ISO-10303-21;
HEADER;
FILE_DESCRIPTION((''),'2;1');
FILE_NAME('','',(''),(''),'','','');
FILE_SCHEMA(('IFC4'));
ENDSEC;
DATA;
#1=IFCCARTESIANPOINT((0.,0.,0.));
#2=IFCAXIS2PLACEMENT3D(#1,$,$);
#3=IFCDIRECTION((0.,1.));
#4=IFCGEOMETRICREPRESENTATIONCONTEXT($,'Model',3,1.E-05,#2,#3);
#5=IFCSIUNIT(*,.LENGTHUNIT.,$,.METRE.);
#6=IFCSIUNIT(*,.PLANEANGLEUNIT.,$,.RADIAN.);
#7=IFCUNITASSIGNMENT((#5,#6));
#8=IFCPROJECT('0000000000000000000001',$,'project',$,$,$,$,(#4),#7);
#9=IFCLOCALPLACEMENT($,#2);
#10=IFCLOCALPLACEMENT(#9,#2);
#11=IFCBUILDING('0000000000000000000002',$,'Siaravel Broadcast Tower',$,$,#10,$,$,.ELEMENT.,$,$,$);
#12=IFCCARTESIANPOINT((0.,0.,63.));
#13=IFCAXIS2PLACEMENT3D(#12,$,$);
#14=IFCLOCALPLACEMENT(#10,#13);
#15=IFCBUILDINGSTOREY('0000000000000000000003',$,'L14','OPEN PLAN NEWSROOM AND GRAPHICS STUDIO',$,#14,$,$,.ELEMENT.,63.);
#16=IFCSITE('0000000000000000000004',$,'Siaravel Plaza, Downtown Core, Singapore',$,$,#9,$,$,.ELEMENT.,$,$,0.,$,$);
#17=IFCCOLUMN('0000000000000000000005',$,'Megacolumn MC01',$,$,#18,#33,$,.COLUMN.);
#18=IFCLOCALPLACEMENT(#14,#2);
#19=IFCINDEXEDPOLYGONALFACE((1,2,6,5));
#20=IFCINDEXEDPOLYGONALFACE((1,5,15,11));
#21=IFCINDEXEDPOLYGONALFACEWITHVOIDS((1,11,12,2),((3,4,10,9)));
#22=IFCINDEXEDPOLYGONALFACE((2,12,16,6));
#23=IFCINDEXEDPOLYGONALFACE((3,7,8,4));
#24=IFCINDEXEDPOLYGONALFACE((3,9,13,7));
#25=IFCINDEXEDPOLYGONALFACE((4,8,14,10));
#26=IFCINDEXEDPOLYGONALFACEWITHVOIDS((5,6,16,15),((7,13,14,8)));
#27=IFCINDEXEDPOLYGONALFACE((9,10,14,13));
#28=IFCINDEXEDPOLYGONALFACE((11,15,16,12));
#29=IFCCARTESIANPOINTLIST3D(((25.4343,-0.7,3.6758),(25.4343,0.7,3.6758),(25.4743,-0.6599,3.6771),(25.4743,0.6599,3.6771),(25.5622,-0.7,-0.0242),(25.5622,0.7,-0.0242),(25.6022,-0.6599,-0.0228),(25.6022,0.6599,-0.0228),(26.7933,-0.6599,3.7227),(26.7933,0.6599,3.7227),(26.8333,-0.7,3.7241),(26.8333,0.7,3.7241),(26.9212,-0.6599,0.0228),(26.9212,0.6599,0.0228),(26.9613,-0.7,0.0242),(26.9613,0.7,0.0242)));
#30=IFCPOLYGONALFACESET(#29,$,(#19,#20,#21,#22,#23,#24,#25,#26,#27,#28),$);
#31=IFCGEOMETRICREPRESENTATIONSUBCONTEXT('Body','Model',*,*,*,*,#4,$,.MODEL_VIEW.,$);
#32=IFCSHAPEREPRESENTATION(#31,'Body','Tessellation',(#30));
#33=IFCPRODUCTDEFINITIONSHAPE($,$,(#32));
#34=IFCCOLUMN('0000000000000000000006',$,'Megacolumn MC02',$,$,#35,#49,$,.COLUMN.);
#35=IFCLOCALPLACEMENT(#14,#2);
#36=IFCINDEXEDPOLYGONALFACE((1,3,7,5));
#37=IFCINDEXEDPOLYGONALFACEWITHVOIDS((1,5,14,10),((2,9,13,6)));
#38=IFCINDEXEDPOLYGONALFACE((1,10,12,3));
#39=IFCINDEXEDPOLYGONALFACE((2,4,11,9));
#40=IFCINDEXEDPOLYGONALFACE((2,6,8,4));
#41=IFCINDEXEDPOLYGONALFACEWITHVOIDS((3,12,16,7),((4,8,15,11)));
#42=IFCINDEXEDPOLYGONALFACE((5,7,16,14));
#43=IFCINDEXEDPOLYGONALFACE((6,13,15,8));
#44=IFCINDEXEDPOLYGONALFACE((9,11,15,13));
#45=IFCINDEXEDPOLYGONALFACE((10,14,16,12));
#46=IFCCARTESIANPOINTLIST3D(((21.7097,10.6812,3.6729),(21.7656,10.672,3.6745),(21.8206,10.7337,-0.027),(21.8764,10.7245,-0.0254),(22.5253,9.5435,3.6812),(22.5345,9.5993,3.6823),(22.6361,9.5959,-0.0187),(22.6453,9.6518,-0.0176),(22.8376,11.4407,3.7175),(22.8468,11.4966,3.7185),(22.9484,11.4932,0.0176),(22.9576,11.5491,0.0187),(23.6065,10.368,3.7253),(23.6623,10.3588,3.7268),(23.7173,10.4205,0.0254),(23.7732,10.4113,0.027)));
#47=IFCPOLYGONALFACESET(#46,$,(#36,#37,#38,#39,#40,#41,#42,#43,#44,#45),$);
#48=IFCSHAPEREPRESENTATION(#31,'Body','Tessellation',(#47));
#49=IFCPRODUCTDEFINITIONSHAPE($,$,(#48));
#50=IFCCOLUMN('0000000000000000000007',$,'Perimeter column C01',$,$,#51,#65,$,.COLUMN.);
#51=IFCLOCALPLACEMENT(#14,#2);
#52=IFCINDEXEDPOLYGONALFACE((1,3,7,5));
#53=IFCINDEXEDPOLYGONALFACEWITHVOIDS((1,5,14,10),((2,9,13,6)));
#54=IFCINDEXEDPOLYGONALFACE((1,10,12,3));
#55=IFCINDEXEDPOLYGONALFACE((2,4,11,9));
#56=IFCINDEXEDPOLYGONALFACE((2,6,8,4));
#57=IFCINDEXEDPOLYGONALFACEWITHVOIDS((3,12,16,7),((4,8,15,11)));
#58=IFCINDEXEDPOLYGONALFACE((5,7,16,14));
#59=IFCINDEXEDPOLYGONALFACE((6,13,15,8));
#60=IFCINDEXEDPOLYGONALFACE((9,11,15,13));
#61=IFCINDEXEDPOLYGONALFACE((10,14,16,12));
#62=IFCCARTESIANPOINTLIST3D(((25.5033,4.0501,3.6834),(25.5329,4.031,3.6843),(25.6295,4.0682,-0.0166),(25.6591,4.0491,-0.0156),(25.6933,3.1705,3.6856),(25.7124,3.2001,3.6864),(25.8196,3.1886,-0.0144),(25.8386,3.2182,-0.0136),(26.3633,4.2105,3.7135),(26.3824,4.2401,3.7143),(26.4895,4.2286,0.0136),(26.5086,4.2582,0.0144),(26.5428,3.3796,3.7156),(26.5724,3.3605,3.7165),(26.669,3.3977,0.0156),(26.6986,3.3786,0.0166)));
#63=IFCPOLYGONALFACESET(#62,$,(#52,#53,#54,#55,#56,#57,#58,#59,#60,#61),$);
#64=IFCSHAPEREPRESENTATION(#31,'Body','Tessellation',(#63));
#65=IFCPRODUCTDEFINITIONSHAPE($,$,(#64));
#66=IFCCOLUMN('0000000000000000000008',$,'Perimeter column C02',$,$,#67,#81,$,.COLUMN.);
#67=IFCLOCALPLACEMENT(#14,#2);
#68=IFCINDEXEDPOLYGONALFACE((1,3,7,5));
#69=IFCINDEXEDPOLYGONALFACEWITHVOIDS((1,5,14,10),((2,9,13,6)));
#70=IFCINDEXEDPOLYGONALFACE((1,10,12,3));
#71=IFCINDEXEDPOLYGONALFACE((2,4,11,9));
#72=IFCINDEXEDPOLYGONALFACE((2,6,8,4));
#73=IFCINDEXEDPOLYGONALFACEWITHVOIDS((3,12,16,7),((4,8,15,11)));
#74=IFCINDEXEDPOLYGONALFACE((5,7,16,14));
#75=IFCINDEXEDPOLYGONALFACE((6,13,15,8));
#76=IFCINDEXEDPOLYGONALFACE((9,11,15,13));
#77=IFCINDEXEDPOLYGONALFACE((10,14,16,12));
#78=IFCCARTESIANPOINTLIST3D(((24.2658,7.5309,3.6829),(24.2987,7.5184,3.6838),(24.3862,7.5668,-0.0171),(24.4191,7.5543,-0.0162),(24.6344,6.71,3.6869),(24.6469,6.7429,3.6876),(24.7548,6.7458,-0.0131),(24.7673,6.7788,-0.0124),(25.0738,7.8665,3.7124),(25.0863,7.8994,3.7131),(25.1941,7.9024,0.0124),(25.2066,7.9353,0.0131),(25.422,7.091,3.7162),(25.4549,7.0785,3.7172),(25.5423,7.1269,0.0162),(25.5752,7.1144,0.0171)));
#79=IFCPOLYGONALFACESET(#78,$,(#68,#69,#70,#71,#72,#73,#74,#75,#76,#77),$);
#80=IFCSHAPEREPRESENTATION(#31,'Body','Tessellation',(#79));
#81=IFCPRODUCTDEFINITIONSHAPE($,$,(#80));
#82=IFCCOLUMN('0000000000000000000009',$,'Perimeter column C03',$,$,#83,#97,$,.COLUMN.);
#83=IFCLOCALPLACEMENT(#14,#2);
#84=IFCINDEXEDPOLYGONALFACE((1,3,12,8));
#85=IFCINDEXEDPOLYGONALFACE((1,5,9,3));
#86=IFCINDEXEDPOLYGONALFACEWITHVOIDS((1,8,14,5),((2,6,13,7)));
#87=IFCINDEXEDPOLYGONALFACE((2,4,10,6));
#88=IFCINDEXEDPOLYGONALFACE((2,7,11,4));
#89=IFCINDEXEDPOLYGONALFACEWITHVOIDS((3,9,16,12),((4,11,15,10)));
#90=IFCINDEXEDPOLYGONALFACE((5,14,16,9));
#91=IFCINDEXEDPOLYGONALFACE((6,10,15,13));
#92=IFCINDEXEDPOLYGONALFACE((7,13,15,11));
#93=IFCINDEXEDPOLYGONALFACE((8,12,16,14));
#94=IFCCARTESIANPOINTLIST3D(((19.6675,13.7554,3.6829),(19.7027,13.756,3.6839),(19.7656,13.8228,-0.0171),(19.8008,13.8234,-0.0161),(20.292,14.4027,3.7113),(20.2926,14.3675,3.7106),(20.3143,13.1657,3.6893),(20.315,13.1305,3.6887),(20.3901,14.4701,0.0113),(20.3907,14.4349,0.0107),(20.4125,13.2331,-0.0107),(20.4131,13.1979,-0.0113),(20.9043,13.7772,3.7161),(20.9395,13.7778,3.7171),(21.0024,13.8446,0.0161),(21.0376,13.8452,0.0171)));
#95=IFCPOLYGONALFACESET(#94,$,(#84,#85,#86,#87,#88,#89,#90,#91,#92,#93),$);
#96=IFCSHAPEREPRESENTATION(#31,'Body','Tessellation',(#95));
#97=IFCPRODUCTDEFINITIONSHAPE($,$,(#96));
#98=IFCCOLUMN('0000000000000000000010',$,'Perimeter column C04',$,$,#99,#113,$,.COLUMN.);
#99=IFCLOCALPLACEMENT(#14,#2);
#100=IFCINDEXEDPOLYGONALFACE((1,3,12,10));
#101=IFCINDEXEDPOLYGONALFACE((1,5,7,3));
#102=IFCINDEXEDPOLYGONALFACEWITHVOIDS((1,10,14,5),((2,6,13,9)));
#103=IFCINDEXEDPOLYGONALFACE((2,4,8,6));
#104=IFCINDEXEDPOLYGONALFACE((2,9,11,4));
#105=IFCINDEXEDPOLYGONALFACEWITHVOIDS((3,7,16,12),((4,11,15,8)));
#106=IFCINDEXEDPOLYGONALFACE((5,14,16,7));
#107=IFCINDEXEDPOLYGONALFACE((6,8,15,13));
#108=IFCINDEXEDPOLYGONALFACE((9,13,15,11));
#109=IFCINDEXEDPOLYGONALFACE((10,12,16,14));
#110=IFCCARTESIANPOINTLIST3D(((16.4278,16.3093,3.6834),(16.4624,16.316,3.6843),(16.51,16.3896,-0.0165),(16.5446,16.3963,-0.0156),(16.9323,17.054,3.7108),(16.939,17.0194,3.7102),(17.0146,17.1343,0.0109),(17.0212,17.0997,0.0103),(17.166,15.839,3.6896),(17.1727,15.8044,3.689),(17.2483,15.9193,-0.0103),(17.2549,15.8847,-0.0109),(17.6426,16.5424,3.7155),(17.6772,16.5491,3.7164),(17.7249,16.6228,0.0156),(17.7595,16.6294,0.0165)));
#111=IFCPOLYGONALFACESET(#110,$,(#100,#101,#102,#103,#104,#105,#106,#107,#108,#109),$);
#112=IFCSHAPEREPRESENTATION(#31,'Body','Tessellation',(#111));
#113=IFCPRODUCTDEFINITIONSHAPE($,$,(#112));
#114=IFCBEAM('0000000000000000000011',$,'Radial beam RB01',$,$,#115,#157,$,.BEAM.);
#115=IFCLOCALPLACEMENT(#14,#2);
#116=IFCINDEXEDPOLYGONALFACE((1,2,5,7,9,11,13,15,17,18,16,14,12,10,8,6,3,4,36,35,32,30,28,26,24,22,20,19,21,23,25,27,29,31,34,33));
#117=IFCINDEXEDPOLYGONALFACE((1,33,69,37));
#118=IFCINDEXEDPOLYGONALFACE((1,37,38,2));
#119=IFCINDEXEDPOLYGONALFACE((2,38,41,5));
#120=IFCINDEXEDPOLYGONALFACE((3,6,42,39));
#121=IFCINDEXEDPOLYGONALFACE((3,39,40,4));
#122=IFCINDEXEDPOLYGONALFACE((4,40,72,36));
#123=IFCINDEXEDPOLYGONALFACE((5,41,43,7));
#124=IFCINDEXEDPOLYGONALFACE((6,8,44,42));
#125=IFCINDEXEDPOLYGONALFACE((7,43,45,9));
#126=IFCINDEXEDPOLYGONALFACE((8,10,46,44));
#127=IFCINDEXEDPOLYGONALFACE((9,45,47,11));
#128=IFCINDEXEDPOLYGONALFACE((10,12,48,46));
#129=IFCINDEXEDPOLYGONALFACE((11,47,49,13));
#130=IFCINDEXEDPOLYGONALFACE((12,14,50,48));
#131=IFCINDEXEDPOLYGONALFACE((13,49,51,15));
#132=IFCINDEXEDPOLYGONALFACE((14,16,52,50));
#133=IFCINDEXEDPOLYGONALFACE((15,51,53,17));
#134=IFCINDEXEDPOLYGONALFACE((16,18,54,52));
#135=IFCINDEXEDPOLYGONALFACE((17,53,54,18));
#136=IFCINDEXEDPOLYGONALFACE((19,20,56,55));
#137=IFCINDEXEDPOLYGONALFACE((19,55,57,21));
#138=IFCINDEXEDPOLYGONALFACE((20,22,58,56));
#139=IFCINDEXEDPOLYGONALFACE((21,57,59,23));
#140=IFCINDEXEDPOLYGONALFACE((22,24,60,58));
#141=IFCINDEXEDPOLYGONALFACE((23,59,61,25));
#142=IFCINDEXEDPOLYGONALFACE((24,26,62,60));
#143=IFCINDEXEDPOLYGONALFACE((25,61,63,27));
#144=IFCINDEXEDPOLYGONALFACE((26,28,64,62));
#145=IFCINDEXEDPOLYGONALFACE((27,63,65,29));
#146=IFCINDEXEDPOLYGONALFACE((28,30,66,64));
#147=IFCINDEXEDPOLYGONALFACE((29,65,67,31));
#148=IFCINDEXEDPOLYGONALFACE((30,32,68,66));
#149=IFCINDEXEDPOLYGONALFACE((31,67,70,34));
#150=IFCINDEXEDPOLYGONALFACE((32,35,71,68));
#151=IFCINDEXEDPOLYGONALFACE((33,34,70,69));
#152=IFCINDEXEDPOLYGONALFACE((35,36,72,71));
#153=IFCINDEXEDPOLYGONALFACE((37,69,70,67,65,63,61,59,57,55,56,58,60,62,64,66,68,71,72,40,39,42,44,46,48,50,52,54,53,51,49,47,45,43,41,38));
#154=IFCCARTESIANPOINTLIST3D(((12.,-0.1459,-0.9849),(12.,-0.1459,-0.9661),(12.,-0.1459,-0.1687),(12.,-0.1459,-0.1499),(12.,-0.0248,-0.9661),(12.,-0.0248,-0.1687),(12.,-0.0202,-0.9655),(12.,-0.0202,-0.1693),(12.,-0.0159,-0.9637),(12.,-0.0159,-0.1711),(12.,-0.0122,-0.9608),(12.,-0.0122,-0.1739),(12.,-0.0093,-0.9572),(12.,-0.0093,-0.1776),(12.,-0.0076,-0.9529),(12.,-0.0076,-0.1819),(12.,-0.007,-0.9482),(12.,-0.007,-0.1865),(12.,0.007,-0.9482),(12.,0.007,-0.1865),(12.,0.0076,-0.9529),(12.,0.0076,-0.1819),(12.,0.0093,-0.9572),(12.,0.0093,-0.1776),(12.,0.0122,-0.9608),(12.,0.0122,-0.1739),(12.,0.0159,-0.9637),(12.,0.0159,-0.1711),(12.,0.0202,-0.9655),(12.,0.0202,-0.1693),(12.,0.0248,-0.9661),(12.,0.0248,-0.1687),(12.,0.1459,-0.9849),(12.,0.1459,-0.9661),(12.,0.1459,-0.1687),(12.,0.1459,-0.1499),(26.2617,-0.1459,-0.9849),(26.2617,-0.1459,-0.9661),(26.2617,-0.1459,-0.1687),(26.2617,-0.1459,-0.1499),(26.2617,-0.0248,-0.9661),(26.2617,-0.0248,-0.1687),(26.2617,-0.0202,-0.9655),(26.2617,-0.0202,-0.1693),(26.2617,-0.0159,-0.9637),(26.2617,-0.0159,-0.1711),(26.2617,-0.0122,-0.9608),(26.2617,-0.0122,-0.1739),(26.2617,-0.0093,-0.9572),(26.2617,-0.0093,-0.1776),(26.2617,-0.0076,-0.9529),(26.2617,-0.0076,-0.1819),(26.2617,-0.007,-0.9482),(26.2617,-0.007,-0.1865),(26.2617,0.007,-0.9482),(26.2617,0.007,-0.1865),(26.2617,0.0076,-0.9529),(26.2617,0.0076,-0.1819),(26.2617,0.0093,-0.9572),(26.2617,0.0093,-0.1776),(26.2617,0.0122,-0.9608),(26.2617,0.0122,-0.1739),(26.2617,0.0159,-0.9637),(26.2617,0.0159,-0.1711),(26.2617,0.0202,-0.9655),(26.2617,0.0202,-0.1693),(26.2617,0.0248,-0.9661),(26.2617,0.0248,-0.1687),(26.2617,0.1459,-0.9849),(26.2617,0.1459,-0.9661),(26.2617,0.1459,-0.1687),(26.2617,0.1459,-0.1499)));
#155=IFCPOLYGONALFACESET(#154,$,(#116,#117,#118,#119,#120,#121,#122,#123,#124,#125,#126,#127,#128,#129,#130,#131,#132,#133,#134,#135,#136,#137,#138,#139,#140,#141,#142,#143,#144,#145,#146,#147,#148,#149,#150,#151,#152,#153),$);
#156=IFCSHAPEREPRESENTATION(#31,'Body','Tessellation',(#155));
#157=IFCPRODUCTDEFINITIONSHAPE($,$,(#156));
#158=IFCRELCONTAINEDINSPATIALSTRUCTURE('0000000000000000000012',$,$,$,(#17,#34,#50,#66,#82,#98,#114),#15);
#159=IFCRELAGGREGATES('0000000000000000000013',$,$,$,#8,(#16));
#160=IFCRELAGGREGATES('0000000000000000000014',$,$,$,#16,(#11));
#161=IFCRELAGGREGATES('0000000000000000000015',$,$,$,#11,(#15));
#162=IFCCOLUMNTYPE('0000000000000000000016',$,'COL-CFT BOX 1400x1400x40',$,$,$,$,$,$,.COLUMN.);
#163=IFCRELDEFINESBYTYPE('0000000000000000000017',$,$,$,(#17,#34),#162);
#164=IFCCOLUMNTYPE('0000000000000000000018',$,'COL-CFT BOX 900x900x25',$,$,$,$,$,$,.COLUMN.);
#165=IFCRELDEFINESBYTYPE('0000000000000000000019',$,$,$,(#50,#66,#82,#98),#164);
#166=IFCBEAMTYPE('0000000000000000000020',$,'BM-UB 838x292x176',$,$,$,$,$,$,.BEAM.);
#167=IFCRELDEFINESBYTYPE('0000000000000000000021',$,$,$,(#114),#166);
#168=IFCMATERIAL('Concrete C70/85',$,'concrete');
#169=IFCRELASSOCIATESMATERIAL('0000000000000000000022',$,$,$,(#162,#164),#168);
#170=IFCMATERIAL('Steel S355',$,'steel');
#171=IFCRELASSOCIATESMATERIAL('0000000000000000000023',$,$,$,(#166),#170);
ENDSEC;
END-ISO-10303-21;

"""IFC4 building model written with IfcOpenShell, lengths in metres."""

from ifc_helpers import new_model, si_unit, direction, frame, origin, origin_2d, place, context, subcontext, project, spatial, hollow_rectangle, i_section, extrude, material, material_profile, profile_set, type_object, element, save


model = new_model("IFC4")

# Units and contexts
model_context = context("Model", 3, precision=1e-05, world=origin(), true_north=direction((0.0, 1.0)))
body_context = subcontext(model_context, "Body", "Model", "MODEL_VIEW")
ifc_project = project(units=[si_unit("LENGTHUNIT", "METRE"), si_unit("PLANEANGLEUNIT", "RADIAN")], contexts=[model_context])

# Site, building, storey
site_placement = place(None, origin())
site = spatial("IfcSite", under=ifc_project, at=site_placement, Name="Siaravel Plaza, Downtown Core, Singapore", CompositionType="ELEMENT", RefElevation=0.0)
building_placement = place(site_placement, origin())
building = spatial("IfcBuilding", under=site, at=building_placement, Name="Siaravel Broadcast Tower", CompositionType="ELEMENT")
storey_placement = place(building_placement, frame((0.0, 0.0, 63.0)))
storey = spatial("IfcBuildingStorey", under=building, at=storey_placement, Name="L14", Description="OPEN PLAN NEWSROOM AND GRAPHICS STUDIO", CompositionType="ELEMENT", Elevation=63.0)

# Columns
ifc_material_1 = material(Name="Concrete C70/85", Category="concrete")
ifc_material_profile_1 = material_profile(ifc_material_1, hollow_rectangle(XDim=1.3999, YDim=1.3999, WallThickness=0.04, at=origin_2d()))
ifc_profile_set_1 = profile_set([ifc_material_profile_1], Name="Concrete C70/85")
column_type_1 = type_object("IfcColumnType", Name="COL-CFT BOX 1400x1400x40", PredefinedType="COLUMN", material=ifc_profile_set_1)
column_1_placement = place(storey_placement, frame((26.2617, 0.0, 0.0), z_axis=(-0.034555, 0.0, 0.999403), x_axis=(0.0, -1.0, 0.0)))
element("IfcColumn", 1, at=column_1_placement, inside=storey, type_object=column_type_1, Name="Megacolumn MC01", PredefinedType="COLUMN", context=body_context, shape_type="SweptSolid", body=[
    extrude(hollow_rectangle(XDim=1.3999, YDim=1.3999, WallThickness=0.04, at=origin_2d()), origin(), (0.0, 0.0, 1.0), 3.7021),
])
column_2_placement = place(storey_placement, frame((22.7969, 10.5725, 0.0), z_axis=(-0.029941, -0.014179, 0.999451), x_axis=(0.582584, -0.812749, 0.005922)))
element("IfcColumn", 2, at=column_2_placement, inside=storey, type_object=column_type_1, Name="Megacolumn MC02", PredefinedType="COLUMN", context=body_context, shape_type="SweptSolid", body=[
    extrude(hollow_rectangle(XDim=1.3999, YDim=1.3999, WallThickness=0.04, at=origin_2d()), origin(), (0.0, 0.0, 1.0), 3.7019),
])
ifc_material_profile_2 = material_profile(ifc_material_1, hollow_rectangle(XDim=0.8999, YDim=0.8999, WallThickness=0.0249, at=origin_2d()))
ifc_profile_set_2 = profile_set([ifc_material_profile_2], Name="Concrete C70/85")
column_type_2 = type_object("IfcColumnType", Name="COL-CFT BOX 900x900x25", PredefinedType="COLUMN", material=ifc_profile_set_2)
for number, where, z_axis, x_axis, name in (
    (3, (26.1641, 3.7234, 0.0), (-0.034094, -0.00488, 0.999407), (0.211191, -0.977442, 0.002432), "Perimeter column C01"),
    (4, (24.9807, 7.3406, 0.0), (-0.032512, -0.009694, 0.999424), (0.409615, -0.912247, 0.004476), "Perimeter column C02"),
):
    element("IfcColumn", number, at=place(storey_placement, frame(where, z_axis=z_axis, x_axis=x_axis)), inside=storey, type_object=column_type_2, Name=name, PredefinedType="COLUMN", context=body_context, shape_type="SweptSolid", body=[
        extrude(hollow_rectangle(XDim=0.8999, YDim=0.8999, WallThickness=0.0249, at=origin_2d()), origin(), (0.0, 0.0, 1.0), 3.7021),
    ])
column_3_placement = place(storey_placement, frame((20.4016, 13.834, 0.0), z_axis=(-0.026512, -0.018202, 0.999483), x_axis=(0.719524, -0.694438, 0.006439)))
element("IfcColumn", 5, at=column_3_placement, inside=storey, type_object=column_type_2, Name="Perimeter column C03", PredefinedType="COLUMN", context=body_context, shape_type="SweptSolid", body=[
    extrude(hollow_rectangle(XDim=0.8999, YDim=0.8999, WallThickness=0.0249, at=origin_2d()), origin(), (0.0, 0.0, 1.0), 3.7019),
])
column_4_placement = place(storey_placement, frame((17.1348, 16.5095, 0.0), z_axis=(-0.022226, -0.021699, 0.999517), x_axis=(0.827744, -0.561071, 0.006226)))
element("IfcColumn", 6, at=column_4_placement, inside=storey, type_object=column_type_2, Name="Perimeter column C04", PredefinedType="COLUMN", context=body_context, shape_type="SweptSolid", body=[
    extrude(hollow_rectangle(XDim=0.8999, YDim=0.8999, WallThickness=0.0249, at=origin_2d()), origin(), (0.0, 0.0, 1.0), 3.7017),
])

# Beam
ifc_material_2 = material(Name="Steel S355", Category="steel")
ifc_material_profile_3 = material_profile(ifc_material_2, i_section(OverallWidth=0.2917, OverallDepth=0.835, WebThickness=0.0139, FlangeThickness=0.0188, FilletRadius=0.0178, at=origin_2d()))
ifc_profile_set_3 = profile_set([ifc_material_profile_3], Name="Steel S355")
beam_type = type_object("IfcBeamType", Name="BM-UB 838x292x176", PredefinedType="BEAM", material=ifc_profile_set_3)
beam_1_placement = place(storey_placement, frame((26.2617, 0.0, -0.5674), z_axis=(-1.0, 0.0, 0.0), x_axis=(0.0, -1.0, 0.0)))
element("IfcBeam", 7, at=beam_1_placement, inside=storey, type_object=beam_type, Name="Radial beam RB01", PredefinedType="BEAM", context=body_context, shape_type="SweptSolid", body=[
    extrude(i_section(OverallWidth=0.2917, OverallDepth=0.835, WebThickness=0.0139, FlangeThickness=0.0188, FilletRadius=0.0178, at=origin_2d()), origin(), (0.0, 0.0, 1.0), 14.2617),
])

save(model, "model.ifc")
